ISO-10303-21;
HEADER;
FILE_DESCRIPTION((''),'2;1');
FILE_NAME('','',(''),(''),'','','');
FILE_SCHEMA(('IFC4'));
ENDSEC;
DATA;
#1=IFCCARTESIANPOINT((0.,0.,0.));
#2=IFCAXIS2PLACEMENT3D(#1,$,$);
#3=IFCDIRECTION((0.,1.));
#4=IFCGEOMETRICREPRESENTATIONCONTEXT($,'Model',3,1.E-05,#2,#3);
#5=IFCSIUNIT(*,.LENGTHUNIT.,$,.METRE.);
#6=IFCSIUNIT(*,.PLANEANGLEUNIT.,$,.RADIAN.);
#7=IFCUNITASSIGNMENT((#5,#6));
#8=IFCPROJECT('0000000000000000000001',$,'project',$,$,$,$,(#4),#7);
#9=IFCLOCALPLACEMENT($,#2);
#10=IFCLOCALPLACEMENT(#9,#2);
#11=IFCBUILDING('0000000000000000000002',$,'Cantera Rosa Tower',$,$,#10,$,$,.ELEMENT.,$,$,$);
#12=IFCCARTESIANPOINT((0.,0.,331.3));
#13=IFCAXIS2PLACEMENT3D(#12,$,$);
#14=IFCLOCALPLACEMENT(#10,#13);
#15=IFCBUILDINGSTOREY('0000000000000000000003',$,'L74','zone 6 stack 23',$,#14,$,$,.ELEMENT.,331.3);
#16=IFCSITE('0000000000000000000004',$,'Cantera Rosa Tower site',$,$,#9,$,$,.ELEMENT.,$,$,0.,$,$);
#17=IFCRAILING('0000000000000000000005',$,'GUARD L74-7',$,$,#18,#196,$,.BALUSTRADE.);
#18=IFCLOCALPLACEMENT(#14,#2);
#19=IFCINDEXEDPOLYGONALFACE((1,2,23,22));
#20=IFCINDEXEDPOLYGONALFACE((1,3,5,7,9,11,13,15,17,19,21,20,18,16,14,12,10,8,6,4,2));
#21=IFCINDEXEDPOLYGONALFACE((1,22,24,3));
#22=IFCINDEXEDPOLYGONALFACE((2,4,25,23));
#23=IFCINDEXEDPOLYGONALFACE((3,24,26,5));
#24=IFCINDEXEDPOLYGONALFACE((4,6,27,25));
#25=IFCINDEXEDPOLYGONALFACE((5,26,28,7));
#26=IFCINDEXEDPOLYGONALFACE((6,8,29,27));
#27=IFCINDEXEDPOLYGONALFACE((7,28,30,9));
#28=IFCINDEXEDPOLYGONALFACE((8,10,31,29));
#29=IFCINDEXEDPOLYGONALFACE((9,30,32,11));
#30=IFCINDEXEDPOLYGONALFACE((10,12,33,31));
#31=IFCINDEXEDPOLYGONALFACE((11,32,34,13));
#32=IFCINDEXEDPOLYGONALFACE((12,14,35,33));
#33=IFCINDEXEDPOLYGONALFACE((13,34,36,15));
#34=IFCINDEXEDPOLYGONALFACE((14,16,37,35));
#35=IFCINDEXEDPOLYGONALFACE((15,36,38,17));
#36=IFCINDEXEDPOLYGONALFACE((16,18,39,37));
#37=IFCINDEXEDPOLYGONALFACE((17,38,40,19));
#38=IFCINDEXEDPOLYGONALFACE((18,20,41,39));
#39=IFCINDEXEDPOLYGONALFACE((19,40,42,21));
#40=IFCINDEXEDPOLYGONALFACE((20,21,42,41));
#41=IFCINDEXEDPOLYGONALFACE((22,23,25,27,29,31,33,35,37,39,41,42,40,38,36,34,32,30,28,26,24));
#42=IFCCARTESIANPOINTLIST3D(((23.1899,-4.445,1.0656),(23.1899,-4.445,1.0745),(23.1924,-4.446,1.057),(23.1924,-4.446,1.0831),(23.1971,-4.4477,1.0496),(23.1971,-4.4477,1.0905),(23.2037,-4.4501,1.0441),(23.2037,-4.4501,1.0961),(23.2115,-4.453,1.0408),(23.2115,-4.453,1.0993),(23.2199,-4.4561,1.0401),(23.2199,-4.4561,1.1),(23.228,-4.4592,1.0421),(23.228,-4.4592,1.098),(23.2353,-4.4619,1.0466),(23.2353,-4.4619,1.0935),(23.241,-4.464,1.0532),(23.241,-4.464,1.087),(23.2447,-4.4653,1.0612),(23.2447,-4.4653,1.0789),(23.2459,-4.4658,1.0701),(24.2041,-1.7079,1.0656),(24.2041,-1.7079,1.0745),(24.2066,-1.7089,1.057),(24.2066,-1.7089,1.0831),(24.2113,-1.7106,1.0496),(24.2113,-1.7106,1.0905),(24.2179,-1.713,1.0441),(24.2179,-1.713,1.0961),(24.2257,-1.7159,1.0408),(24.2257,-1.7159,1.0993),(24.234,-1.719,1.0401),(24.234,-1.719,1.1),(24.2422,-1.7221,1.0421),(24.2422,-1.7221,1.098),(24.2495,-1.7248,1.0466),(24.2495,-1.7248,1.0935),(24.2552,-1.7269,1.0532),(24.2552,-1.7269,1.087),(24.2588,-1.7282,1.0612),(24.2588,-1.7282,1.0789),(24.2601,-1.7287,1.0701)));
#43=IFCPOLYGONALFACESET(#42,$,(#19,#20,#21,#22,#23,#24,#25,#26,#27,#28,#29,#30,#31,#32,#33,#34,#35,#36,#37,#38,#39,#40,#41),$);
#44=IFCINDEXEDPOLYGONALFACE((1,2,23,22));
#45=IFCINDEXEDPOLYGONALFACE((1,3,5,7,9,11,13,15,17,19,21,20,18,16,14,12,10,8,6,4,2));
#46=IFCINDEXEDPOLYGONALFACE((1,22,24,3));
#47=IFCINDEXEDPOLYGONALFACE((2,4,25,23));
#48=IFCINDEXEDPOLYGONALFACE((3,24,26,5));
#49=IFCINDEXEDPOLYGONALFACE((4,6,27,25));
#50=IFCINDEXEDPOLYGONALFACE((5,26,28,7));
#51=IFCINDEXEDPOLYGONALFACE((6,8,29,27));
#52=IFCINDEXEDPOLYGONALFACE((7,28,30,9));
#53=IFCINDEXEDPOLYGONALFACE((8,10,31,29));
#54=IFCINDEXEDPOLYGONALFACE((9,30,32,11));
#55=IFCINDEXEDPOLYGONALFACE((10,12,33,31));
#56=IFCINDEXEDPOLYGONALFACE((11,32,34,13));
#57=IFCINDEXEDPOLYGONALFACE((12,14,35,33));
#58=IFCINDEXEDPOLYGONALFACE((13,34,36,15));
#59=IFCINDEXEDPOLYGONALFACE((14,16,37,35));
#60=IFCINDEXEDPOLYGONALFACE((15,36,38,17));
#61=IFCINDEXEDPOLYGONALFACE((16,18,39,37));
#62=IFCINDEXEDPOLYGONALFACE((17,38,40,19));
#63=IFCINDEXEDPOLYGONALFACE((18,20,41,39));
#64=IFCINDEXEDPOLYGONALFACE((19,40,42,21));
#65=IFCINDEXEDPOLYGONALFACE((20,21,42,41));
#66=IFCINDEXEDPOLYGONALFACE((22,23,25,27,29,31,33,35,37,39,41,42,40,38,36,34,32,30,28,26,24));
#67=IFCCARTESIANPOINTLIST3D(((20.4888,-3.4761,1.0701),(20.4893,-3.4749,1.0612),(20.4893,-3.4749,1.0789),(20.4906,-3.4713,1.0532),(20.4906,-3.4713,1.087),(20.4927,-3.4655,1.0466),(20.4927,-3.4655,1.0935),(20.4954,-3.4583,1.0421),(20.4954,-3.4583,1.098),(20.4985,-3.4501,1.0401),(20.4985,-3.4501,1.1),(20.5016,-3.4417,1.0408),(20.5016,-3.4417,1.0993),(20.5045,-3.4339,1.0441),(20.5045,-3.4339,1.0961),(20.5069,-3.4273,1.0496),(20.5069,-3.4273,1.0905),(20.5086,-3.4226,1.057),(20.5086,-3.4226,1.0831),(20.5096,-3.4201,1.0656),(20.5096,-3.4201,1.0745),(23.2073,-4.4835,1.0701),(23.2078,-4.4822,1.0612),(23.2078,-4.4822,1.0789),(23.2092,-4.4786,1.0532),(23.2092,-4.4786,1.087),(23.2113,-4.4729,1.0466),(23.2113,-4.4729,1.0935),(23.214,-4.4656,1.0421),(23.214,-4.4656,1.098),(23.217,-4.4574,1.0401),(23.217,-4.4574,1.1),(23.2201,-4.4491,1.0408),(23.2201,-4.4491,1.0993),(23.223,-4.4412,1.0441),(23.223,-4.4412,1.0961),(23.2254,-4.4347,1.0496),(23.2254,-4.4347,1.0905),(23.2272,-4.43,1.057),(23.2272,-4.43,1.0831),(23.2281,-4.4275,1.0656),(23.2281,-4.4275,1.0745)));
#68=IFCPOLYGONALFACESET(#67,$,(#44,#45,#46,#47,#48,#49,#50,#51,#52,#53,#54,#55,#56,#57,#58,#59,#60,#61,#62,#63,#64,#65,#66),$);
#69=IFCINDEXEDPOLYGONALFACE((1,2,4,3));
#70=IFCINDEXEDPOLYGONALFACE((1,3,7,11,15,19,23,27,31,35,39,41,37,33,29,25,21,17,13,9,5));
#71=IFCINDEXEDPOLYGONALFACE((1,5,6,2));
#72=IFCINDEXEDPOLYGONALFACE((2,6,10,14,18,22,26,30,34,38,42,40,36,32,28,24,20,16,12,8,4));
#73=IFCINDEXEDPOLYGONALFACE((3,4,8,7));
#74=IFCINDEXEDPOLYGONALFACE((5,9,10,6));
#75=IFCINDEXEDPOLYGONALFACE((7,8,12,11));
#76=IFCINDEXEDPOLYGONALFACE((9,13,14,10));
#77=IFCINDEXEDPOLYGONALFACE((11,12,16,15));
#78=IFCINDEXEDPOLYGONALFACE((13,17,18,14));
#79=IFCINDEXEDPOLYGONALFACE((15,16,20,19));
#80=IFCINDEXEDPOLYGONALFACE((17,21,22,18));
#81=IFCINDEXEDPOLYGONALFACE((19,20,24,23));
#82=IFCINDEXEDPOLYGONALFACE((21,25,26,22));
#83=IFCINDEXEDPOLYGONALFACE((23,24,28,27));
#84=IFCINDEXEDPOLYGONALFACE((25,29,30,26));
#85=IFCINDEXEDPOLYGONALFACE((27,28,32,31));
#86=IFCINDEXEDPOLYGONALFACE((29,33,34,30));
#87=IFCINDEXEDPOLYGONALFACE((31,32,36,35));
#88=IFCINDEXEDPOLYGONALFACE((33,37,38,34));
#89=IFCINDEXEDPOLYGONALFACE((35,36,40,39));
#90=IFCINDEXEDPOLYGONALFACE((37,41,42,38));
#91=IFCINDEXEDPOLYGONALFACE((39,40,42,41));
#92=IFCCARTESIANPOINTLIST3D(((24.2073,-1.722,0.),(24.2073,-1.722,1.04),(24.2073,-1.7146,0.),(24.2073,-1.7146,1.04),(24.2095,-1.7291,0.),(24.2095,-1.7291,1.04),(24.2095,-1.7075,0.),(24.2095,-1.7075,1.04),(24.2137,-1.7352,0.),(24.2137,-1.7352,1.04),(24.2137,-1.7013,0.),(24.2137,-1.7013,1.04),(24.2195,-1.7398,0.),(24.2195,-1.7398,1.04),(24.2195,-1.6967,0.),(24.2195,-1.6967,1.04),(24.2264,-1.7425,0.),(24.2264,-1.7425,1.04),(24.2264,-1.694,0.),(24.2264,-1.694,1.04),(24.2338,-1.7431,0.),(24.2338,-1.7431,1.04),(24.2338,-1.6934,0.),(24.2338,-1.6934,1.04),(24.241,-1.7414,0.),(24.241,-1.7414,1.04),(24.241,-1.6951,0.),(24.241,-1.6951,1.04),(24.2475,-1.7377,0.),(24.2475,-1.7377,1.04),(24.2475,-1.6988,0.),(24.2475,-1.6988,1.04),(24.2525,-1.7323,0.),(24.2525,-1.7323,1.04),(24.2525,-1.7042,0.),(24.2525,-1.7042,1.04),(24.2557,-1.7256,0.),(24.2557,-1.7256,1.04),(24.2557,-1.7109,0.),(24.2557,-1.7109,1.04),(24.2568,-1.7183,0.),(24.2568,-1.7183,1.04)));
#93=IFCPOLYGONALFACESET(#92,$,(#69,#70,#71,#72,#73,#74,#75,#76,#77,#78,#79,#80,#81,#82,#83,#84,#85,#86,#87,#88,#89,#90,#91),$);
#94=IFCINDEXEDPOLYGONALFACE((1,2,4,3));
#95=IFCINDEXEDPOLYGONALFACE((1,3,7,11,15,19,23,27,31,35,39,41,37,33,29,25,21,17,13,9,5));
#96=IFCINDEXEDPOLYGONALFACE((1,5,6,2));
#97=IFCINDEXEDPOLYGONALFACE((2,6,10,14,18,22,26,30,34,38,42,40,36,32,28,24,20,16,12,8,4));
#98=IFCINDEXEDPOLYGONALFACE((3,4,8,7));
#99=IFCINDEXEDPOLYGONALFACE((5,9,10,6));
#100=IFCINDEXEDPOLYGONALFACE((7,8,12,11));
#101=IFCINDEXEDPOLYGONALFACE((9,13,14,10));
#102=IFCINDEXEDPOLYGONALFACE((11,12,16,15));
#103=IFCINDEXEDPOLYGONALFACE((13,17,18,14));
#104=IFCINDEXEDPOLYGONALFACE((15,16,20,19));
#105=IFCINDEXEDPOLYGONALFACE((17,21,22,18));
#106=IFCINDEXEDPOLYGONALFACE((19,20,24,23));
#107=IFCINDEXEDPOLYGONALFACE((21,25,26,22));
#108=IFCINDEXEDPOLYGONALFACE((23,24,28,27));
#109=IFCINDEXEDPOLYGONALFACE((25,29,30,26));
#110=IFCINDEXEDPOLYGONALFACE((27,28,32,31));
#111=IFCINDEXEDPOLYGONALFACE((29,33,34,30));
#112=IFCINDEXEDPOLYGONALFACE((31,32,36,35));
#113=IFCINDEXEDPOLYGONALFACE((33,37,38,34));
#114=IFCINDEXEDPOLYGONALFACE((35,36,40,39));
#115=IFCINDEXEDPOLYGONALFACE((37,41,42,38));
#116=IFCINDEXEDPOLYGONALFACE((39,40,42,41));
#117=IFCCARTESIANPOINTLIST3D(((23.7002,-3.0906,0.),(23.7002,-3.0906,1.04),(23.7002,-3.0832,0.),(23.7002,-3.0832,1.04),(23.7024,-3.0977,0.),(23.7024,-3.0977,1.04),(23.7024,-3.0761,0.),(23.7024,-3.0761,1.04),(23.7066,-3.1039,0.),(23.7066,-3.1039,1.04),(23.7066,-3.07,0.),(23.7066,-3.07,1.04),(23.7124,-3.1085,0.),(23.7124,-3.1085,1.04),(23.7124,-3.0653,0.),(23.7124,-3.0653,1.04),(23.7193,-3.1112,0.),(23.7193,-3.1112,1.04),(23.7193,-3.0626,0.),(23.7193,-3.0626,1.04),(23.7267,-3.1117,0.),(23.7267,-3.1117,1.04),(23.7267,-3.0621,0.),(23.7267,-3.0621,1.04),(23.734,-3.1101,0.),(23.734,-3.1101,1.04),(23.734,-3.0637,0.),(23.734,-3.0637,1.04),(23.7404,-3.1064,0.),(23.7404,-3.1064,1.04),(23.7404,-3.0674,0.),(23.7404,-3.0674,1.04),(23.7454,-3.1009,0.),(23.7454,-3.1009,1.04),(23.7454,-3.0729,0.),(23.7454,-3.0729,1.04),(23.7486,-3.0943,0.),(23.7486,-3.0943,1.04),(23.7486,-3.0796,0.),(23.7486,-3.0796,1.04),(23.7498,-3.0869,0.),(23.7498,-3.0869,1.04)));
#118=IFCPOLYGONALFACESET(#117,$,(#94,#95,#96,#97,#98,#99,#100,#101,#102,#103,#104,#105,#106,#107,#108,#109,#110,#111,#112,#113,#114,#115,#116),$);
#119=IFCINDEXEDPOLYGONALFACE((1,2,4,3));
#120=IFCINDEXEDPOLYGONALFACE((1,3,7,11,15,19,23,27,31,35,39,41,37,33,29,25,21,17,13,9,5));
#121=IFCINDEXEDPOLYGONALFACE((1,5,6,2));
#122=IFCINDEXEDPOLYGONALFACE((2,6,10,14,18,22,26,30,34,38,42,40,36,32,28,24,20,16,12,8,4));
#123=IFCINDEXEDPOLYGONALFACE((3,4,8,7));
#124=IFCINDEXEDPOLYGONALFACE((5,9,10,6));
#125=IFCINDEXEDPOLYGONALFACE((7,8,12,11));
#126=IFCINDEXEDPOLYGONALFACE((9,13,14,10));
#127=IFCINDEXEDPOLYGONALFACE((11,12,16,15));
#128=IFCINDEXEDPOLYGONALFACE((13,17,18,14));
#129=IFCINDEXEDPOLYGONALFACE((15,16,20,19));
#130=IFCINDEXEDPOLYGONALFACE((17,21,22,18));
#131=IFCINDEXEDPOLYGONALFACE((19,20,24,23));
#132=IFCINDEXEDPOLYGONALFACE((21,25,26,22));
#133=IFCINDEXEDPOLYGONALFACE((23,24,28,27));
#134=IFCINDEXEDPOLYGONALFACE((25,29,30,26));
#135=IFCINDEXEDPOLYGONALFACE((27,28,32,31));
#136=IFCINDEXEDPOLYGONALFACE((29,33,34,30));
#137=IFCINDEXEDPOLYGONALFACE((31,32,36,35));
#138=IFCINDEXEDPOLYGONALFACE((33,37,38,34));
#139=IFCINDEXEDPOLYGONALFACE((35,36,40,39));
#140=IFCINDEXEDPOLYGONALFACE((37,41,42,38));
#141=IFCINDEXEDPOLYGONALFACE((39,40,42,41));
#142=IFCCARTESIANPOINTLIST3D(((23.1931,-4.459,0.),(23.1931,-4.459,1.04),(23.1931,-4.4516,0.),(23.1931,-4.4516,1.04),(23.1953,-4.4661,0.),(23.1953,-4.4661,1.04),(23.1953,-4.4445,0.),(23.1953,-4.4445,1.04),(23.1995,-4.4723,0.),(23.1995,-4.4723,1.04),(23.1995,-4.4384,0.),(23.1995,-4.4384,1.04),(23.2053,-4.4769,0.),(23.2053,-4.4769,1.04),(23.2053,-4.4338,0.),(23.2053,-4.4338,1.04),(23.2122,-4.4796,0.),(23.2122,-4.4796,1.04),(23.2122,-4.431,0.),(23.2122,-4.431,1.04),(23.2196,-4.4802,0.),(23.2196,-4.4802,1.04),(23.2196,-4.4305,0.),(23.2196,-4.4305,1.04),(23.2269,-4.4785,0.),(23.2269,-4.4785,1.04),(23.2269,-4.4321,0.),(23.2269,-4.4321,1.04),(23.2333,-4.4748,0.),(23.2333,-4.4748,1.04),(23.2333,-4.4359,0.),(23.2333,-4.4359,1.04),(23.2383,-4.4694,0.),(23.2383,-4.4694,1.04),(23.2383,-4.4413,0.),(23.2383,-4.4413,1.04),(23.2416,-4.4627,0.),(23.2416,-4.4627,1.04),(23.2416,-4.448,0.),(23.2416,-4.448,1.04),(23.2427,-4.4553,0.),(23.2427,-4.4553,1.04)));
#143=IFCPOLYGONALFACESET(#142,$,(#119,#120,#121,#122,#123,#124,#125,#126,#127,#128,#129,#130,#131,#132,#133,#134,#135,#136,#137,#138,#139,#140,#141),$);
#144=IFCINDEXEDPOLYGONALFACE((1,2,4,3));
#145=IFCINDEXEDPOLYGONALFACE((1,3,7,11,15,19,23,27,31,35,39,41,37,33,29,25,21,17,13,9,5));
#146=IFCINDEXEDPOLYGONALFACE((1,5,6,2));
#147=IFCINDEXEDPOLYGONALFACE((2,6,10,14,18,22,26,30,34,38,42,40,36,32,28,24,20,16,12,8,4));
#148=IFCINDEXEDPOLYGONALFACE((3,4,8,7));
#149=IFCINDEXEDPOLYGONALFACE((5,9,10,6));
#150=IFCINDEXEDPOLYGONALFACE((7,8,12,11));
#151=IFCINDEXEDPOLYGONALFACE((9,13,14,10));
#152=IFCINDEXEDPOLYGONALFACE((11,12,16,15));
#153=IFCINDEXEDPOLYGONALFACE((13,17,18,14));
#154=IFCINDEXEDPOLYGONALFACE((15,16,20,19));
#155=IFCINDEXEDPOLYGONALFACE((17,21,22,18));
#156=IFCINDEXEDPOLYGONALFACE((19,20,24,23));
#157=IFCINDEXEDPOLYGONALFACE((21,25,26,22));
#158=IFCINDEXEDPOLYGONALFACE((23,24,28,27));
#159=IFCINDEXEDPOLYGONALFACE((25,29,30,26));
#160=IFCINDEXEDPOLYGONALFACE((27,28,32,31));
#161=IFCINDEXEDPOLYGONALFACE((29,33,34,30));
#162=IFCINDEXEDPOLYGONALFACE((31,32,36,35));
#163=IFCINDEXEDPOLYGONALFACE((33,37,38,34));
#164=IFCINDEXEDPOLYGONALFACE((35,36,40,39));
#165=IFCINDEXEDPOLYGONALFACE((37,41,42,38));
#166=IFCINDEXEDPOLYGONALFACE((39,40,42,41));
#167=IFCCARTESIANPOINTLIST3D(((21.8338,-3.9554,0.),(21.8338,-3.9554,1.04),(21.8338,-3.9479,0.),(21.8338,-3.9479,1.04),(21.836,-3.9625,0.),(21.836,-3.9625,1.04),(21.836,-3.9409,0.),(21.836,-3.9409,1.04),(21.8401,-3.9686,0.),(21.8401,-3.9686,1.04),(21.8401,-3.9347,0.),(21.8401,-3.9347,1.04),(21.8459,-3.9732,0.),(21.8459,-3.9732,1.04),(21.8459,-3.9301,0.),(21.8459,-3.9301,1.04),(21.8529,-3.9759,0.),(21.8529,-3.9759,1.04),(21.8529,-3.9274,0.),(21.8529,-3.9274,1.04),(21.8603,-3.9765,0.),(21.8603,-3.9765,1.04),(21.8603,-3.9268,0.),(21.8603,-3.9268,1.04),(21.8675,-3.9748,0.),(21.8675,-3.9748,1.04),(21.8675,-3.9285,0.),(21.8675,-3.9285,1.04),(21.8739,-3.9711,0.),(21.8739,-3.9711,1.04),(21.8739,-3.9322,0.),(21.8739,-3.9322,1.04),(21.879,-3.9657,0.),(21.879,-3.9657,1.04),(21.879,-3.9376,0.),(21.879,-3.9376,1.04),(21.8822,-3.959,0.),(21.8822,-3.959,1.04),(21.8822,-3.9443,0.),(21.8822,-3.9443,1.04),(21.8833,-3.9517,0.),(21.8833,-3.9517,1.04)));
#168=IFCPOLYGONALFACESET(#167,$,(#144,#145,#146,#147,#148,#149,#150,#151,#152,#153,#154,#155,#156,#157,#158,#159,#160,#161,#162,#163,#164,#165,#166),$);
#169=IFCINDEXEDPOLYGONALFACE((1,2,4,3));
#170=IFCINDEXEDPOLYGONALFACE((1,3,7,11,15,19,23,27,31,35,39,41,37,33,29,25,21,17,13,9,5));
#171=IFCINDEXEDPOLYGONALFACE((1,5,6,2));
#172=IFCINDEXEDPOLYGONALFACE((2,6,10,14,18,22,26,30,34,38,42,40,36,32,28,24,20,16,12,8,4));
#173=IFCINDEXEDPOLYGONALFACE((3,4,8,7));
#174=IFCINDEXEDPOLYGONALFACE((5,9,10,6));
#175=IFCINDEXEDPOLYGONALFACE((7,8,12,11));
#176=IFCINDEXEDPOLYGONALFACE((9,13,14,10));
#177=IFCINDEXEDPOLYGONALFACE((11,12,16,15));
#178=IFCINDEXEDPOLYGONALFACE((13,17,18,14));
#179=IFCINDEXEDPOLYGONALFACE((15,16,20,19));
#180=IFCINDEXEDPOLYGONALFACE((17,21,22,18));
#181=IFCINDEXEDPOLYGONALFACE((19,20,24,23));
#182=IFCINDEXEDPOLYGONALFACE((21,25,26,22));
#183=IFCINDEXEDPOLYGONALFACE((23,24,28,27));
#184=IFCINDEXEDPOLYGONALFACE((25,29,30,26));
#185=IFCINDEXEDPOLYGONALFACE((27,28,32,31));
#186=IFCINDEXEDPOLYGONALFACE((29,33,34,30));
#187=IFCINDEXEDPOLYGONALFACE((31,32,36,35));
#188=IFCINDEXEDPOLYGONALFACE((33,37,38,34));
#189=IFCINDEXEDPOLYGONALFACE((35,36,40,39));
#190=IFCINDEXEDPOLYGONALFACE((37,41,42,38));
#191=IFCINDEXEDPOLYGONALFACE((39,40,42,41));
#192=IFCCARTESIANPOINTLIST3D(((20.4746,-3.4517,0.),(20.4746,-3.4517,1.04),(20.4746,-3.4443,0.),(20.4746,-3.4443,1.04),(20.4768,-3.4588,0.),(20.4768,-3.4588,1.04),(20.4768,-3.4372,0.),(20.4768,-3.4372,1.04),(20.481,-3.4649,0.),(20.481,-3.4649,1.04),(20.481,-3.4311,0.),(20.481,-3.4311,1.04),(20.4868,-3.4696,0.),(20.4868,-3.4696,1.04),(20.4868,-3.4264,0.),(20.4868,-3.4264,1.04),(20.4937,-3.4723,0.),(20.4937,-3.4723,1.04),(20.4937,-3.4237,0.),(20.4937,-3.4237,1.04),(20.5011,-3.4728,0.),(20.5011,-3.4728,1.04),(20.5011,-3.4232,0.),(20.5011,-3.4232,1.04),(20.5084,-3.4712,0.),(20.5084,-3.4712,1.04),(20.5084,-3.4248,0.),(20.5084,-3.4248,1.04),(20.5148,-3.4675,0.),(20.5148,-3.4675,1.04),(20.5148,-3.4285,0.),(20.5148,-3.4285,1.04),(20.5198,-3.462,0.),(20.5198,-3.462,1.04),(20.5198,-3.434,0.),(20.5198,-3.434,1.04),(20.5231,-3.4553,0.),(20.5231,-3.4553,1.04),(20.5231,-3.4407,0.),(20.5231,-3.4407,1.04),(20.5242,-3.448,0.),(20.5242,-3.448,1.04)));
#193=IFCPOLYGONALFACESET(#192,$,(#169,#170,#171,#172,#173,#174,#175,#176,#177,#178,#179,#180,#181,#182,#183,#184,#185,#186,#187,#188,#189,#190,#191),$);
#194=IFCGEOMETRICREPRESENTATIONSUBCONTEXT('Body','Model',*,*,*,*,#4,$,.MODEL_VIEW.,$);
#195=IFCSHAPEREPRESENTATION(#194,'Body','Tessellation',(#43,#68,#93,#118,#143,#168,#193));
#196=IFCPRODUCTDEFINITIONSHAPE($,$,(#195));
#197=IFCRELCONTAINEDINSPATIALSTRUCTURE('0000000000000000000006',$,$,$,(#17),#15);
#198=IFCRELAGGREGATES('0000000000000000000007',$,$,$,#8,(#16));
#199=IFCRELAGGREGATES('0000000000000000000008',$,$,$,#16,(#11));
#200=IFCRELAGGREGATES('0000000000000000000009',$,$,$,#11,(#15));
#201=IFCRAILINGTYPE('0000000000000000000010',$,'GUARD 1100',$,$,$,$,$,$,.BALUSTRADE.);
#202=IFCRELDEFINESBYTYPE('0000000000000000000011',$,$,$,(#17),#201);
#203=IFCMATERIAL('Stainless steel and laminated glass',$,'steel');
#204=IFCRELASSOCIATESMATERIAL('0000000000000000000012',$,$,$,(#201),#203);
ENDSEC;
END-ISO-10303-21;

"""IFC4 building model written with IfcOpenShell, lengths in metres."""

from ifc_helpers import new_model, si_unit, direction, frame, origin, origin_2d, place, context, subcontext, project, spatial, circle, extrude, material, type_object, element, save


model = new_model("IFC4")

# Units and contexts
model_context = context("Model", 3, precision=1e-05, world=origin(), true_north=direction((0.0, 1.0)))
body_context = subcontext(model_context, "Body", "Model", "MODEL_VIEW")
ifc_project = project(units=[si_unit("LENGTHUNIT", "METRE"), si_unit("PLANEANGLEUNIT", "RADIAN")], contexts=[model_context])

# Site, building, storey
site_placement = place(None, origin())
site = spatial("IfcSite", under=ifc_project, at=site_placement, Name="Cantera Rosa Tower site", CompositionType="ELEMENT", RefElevation=0.0)
building_placement = place(site_placement, origin())
building = spatial("IfcBuilding", under=site, at=building_placement, Name="Cantera Rosa Tower", CompositionType="ELEMENT")
storey_placement = place(building_placement, frame((0.0, 0.0, 331.3)))
storey = spatial("IfcBuildingStorey", under=building, at=storey_placement, Name="L74", Description="zone 6 stack 23", CompositionType="ELEMENT", Elevation=331.3)

# Railing
ifc_material_1 = material(Name="Stainless steel and laminated glass", Category="steel")
railing_type_1 = type_object("IfcRailingType", Name="GUARD 1100", PredefinedType="BALUSTRADE", material=ifc_material_1)
railing_1_placement = place(storey_placement, frame((24.2319, -1.7183, 0.0)))
element("IfcRailing", 1, at=railing_1_placement, inside=storey, type_object=railing_type_1, Name="GUARD L74-7", PredefinedType="BALUSTRADE", context=body_context, shape_type="SweptSolid", body=[
    extrude(circle(Radius=0.03, at=origin_2d()), frame((0.0, 0.0, 1.0701), z_axis=(-0.347445, -0.9377, 0.0), x_axis=(0.9377, -0.347445, 0.0)), (0.0, 0.0, 1.0), 2.9189),
    extrude(circle(Radius=0.03, at=origin_2d()), frame((-1.0142, -2.7371, 1.0701), z_axis=(-0.937696, 0.347457, 0.0), x_axis=(-0.347457, -0.937696, 0.0)), (0.0, 0.0, 1.0), 2.8992),
    extrude(circle(Radius=0.0249, at=origin_2d()), origin(), (0.0, 0.0, 1.0), 1.04),
    extrude(circle(Radius=0.0249, at=origin_2d()), frame((-0.5071, -1.3687, 0.0)), (0.0, 0.0, 1.0), 1.04),
    extrude(circle(Radius=0.0249, at=origin_2d()), frame((-1.0142, -2.7371, 0.0)), (0.0, 0.0, 1.0), 1.04),
    extrude(circle(Radius=0.0249, at=origin_2d()), frame((-2.3735, -2.2334, 0.0)), (0.0, 0.0, 1.0), 1.04),
    extrude(circle(Radius=0.0249, at=origin_2d()), frame((-3.7327, -1.7297, 0.0)), (0.0, 0.0, 1.0), 1.04),
])

save(model, "model.ifc")
